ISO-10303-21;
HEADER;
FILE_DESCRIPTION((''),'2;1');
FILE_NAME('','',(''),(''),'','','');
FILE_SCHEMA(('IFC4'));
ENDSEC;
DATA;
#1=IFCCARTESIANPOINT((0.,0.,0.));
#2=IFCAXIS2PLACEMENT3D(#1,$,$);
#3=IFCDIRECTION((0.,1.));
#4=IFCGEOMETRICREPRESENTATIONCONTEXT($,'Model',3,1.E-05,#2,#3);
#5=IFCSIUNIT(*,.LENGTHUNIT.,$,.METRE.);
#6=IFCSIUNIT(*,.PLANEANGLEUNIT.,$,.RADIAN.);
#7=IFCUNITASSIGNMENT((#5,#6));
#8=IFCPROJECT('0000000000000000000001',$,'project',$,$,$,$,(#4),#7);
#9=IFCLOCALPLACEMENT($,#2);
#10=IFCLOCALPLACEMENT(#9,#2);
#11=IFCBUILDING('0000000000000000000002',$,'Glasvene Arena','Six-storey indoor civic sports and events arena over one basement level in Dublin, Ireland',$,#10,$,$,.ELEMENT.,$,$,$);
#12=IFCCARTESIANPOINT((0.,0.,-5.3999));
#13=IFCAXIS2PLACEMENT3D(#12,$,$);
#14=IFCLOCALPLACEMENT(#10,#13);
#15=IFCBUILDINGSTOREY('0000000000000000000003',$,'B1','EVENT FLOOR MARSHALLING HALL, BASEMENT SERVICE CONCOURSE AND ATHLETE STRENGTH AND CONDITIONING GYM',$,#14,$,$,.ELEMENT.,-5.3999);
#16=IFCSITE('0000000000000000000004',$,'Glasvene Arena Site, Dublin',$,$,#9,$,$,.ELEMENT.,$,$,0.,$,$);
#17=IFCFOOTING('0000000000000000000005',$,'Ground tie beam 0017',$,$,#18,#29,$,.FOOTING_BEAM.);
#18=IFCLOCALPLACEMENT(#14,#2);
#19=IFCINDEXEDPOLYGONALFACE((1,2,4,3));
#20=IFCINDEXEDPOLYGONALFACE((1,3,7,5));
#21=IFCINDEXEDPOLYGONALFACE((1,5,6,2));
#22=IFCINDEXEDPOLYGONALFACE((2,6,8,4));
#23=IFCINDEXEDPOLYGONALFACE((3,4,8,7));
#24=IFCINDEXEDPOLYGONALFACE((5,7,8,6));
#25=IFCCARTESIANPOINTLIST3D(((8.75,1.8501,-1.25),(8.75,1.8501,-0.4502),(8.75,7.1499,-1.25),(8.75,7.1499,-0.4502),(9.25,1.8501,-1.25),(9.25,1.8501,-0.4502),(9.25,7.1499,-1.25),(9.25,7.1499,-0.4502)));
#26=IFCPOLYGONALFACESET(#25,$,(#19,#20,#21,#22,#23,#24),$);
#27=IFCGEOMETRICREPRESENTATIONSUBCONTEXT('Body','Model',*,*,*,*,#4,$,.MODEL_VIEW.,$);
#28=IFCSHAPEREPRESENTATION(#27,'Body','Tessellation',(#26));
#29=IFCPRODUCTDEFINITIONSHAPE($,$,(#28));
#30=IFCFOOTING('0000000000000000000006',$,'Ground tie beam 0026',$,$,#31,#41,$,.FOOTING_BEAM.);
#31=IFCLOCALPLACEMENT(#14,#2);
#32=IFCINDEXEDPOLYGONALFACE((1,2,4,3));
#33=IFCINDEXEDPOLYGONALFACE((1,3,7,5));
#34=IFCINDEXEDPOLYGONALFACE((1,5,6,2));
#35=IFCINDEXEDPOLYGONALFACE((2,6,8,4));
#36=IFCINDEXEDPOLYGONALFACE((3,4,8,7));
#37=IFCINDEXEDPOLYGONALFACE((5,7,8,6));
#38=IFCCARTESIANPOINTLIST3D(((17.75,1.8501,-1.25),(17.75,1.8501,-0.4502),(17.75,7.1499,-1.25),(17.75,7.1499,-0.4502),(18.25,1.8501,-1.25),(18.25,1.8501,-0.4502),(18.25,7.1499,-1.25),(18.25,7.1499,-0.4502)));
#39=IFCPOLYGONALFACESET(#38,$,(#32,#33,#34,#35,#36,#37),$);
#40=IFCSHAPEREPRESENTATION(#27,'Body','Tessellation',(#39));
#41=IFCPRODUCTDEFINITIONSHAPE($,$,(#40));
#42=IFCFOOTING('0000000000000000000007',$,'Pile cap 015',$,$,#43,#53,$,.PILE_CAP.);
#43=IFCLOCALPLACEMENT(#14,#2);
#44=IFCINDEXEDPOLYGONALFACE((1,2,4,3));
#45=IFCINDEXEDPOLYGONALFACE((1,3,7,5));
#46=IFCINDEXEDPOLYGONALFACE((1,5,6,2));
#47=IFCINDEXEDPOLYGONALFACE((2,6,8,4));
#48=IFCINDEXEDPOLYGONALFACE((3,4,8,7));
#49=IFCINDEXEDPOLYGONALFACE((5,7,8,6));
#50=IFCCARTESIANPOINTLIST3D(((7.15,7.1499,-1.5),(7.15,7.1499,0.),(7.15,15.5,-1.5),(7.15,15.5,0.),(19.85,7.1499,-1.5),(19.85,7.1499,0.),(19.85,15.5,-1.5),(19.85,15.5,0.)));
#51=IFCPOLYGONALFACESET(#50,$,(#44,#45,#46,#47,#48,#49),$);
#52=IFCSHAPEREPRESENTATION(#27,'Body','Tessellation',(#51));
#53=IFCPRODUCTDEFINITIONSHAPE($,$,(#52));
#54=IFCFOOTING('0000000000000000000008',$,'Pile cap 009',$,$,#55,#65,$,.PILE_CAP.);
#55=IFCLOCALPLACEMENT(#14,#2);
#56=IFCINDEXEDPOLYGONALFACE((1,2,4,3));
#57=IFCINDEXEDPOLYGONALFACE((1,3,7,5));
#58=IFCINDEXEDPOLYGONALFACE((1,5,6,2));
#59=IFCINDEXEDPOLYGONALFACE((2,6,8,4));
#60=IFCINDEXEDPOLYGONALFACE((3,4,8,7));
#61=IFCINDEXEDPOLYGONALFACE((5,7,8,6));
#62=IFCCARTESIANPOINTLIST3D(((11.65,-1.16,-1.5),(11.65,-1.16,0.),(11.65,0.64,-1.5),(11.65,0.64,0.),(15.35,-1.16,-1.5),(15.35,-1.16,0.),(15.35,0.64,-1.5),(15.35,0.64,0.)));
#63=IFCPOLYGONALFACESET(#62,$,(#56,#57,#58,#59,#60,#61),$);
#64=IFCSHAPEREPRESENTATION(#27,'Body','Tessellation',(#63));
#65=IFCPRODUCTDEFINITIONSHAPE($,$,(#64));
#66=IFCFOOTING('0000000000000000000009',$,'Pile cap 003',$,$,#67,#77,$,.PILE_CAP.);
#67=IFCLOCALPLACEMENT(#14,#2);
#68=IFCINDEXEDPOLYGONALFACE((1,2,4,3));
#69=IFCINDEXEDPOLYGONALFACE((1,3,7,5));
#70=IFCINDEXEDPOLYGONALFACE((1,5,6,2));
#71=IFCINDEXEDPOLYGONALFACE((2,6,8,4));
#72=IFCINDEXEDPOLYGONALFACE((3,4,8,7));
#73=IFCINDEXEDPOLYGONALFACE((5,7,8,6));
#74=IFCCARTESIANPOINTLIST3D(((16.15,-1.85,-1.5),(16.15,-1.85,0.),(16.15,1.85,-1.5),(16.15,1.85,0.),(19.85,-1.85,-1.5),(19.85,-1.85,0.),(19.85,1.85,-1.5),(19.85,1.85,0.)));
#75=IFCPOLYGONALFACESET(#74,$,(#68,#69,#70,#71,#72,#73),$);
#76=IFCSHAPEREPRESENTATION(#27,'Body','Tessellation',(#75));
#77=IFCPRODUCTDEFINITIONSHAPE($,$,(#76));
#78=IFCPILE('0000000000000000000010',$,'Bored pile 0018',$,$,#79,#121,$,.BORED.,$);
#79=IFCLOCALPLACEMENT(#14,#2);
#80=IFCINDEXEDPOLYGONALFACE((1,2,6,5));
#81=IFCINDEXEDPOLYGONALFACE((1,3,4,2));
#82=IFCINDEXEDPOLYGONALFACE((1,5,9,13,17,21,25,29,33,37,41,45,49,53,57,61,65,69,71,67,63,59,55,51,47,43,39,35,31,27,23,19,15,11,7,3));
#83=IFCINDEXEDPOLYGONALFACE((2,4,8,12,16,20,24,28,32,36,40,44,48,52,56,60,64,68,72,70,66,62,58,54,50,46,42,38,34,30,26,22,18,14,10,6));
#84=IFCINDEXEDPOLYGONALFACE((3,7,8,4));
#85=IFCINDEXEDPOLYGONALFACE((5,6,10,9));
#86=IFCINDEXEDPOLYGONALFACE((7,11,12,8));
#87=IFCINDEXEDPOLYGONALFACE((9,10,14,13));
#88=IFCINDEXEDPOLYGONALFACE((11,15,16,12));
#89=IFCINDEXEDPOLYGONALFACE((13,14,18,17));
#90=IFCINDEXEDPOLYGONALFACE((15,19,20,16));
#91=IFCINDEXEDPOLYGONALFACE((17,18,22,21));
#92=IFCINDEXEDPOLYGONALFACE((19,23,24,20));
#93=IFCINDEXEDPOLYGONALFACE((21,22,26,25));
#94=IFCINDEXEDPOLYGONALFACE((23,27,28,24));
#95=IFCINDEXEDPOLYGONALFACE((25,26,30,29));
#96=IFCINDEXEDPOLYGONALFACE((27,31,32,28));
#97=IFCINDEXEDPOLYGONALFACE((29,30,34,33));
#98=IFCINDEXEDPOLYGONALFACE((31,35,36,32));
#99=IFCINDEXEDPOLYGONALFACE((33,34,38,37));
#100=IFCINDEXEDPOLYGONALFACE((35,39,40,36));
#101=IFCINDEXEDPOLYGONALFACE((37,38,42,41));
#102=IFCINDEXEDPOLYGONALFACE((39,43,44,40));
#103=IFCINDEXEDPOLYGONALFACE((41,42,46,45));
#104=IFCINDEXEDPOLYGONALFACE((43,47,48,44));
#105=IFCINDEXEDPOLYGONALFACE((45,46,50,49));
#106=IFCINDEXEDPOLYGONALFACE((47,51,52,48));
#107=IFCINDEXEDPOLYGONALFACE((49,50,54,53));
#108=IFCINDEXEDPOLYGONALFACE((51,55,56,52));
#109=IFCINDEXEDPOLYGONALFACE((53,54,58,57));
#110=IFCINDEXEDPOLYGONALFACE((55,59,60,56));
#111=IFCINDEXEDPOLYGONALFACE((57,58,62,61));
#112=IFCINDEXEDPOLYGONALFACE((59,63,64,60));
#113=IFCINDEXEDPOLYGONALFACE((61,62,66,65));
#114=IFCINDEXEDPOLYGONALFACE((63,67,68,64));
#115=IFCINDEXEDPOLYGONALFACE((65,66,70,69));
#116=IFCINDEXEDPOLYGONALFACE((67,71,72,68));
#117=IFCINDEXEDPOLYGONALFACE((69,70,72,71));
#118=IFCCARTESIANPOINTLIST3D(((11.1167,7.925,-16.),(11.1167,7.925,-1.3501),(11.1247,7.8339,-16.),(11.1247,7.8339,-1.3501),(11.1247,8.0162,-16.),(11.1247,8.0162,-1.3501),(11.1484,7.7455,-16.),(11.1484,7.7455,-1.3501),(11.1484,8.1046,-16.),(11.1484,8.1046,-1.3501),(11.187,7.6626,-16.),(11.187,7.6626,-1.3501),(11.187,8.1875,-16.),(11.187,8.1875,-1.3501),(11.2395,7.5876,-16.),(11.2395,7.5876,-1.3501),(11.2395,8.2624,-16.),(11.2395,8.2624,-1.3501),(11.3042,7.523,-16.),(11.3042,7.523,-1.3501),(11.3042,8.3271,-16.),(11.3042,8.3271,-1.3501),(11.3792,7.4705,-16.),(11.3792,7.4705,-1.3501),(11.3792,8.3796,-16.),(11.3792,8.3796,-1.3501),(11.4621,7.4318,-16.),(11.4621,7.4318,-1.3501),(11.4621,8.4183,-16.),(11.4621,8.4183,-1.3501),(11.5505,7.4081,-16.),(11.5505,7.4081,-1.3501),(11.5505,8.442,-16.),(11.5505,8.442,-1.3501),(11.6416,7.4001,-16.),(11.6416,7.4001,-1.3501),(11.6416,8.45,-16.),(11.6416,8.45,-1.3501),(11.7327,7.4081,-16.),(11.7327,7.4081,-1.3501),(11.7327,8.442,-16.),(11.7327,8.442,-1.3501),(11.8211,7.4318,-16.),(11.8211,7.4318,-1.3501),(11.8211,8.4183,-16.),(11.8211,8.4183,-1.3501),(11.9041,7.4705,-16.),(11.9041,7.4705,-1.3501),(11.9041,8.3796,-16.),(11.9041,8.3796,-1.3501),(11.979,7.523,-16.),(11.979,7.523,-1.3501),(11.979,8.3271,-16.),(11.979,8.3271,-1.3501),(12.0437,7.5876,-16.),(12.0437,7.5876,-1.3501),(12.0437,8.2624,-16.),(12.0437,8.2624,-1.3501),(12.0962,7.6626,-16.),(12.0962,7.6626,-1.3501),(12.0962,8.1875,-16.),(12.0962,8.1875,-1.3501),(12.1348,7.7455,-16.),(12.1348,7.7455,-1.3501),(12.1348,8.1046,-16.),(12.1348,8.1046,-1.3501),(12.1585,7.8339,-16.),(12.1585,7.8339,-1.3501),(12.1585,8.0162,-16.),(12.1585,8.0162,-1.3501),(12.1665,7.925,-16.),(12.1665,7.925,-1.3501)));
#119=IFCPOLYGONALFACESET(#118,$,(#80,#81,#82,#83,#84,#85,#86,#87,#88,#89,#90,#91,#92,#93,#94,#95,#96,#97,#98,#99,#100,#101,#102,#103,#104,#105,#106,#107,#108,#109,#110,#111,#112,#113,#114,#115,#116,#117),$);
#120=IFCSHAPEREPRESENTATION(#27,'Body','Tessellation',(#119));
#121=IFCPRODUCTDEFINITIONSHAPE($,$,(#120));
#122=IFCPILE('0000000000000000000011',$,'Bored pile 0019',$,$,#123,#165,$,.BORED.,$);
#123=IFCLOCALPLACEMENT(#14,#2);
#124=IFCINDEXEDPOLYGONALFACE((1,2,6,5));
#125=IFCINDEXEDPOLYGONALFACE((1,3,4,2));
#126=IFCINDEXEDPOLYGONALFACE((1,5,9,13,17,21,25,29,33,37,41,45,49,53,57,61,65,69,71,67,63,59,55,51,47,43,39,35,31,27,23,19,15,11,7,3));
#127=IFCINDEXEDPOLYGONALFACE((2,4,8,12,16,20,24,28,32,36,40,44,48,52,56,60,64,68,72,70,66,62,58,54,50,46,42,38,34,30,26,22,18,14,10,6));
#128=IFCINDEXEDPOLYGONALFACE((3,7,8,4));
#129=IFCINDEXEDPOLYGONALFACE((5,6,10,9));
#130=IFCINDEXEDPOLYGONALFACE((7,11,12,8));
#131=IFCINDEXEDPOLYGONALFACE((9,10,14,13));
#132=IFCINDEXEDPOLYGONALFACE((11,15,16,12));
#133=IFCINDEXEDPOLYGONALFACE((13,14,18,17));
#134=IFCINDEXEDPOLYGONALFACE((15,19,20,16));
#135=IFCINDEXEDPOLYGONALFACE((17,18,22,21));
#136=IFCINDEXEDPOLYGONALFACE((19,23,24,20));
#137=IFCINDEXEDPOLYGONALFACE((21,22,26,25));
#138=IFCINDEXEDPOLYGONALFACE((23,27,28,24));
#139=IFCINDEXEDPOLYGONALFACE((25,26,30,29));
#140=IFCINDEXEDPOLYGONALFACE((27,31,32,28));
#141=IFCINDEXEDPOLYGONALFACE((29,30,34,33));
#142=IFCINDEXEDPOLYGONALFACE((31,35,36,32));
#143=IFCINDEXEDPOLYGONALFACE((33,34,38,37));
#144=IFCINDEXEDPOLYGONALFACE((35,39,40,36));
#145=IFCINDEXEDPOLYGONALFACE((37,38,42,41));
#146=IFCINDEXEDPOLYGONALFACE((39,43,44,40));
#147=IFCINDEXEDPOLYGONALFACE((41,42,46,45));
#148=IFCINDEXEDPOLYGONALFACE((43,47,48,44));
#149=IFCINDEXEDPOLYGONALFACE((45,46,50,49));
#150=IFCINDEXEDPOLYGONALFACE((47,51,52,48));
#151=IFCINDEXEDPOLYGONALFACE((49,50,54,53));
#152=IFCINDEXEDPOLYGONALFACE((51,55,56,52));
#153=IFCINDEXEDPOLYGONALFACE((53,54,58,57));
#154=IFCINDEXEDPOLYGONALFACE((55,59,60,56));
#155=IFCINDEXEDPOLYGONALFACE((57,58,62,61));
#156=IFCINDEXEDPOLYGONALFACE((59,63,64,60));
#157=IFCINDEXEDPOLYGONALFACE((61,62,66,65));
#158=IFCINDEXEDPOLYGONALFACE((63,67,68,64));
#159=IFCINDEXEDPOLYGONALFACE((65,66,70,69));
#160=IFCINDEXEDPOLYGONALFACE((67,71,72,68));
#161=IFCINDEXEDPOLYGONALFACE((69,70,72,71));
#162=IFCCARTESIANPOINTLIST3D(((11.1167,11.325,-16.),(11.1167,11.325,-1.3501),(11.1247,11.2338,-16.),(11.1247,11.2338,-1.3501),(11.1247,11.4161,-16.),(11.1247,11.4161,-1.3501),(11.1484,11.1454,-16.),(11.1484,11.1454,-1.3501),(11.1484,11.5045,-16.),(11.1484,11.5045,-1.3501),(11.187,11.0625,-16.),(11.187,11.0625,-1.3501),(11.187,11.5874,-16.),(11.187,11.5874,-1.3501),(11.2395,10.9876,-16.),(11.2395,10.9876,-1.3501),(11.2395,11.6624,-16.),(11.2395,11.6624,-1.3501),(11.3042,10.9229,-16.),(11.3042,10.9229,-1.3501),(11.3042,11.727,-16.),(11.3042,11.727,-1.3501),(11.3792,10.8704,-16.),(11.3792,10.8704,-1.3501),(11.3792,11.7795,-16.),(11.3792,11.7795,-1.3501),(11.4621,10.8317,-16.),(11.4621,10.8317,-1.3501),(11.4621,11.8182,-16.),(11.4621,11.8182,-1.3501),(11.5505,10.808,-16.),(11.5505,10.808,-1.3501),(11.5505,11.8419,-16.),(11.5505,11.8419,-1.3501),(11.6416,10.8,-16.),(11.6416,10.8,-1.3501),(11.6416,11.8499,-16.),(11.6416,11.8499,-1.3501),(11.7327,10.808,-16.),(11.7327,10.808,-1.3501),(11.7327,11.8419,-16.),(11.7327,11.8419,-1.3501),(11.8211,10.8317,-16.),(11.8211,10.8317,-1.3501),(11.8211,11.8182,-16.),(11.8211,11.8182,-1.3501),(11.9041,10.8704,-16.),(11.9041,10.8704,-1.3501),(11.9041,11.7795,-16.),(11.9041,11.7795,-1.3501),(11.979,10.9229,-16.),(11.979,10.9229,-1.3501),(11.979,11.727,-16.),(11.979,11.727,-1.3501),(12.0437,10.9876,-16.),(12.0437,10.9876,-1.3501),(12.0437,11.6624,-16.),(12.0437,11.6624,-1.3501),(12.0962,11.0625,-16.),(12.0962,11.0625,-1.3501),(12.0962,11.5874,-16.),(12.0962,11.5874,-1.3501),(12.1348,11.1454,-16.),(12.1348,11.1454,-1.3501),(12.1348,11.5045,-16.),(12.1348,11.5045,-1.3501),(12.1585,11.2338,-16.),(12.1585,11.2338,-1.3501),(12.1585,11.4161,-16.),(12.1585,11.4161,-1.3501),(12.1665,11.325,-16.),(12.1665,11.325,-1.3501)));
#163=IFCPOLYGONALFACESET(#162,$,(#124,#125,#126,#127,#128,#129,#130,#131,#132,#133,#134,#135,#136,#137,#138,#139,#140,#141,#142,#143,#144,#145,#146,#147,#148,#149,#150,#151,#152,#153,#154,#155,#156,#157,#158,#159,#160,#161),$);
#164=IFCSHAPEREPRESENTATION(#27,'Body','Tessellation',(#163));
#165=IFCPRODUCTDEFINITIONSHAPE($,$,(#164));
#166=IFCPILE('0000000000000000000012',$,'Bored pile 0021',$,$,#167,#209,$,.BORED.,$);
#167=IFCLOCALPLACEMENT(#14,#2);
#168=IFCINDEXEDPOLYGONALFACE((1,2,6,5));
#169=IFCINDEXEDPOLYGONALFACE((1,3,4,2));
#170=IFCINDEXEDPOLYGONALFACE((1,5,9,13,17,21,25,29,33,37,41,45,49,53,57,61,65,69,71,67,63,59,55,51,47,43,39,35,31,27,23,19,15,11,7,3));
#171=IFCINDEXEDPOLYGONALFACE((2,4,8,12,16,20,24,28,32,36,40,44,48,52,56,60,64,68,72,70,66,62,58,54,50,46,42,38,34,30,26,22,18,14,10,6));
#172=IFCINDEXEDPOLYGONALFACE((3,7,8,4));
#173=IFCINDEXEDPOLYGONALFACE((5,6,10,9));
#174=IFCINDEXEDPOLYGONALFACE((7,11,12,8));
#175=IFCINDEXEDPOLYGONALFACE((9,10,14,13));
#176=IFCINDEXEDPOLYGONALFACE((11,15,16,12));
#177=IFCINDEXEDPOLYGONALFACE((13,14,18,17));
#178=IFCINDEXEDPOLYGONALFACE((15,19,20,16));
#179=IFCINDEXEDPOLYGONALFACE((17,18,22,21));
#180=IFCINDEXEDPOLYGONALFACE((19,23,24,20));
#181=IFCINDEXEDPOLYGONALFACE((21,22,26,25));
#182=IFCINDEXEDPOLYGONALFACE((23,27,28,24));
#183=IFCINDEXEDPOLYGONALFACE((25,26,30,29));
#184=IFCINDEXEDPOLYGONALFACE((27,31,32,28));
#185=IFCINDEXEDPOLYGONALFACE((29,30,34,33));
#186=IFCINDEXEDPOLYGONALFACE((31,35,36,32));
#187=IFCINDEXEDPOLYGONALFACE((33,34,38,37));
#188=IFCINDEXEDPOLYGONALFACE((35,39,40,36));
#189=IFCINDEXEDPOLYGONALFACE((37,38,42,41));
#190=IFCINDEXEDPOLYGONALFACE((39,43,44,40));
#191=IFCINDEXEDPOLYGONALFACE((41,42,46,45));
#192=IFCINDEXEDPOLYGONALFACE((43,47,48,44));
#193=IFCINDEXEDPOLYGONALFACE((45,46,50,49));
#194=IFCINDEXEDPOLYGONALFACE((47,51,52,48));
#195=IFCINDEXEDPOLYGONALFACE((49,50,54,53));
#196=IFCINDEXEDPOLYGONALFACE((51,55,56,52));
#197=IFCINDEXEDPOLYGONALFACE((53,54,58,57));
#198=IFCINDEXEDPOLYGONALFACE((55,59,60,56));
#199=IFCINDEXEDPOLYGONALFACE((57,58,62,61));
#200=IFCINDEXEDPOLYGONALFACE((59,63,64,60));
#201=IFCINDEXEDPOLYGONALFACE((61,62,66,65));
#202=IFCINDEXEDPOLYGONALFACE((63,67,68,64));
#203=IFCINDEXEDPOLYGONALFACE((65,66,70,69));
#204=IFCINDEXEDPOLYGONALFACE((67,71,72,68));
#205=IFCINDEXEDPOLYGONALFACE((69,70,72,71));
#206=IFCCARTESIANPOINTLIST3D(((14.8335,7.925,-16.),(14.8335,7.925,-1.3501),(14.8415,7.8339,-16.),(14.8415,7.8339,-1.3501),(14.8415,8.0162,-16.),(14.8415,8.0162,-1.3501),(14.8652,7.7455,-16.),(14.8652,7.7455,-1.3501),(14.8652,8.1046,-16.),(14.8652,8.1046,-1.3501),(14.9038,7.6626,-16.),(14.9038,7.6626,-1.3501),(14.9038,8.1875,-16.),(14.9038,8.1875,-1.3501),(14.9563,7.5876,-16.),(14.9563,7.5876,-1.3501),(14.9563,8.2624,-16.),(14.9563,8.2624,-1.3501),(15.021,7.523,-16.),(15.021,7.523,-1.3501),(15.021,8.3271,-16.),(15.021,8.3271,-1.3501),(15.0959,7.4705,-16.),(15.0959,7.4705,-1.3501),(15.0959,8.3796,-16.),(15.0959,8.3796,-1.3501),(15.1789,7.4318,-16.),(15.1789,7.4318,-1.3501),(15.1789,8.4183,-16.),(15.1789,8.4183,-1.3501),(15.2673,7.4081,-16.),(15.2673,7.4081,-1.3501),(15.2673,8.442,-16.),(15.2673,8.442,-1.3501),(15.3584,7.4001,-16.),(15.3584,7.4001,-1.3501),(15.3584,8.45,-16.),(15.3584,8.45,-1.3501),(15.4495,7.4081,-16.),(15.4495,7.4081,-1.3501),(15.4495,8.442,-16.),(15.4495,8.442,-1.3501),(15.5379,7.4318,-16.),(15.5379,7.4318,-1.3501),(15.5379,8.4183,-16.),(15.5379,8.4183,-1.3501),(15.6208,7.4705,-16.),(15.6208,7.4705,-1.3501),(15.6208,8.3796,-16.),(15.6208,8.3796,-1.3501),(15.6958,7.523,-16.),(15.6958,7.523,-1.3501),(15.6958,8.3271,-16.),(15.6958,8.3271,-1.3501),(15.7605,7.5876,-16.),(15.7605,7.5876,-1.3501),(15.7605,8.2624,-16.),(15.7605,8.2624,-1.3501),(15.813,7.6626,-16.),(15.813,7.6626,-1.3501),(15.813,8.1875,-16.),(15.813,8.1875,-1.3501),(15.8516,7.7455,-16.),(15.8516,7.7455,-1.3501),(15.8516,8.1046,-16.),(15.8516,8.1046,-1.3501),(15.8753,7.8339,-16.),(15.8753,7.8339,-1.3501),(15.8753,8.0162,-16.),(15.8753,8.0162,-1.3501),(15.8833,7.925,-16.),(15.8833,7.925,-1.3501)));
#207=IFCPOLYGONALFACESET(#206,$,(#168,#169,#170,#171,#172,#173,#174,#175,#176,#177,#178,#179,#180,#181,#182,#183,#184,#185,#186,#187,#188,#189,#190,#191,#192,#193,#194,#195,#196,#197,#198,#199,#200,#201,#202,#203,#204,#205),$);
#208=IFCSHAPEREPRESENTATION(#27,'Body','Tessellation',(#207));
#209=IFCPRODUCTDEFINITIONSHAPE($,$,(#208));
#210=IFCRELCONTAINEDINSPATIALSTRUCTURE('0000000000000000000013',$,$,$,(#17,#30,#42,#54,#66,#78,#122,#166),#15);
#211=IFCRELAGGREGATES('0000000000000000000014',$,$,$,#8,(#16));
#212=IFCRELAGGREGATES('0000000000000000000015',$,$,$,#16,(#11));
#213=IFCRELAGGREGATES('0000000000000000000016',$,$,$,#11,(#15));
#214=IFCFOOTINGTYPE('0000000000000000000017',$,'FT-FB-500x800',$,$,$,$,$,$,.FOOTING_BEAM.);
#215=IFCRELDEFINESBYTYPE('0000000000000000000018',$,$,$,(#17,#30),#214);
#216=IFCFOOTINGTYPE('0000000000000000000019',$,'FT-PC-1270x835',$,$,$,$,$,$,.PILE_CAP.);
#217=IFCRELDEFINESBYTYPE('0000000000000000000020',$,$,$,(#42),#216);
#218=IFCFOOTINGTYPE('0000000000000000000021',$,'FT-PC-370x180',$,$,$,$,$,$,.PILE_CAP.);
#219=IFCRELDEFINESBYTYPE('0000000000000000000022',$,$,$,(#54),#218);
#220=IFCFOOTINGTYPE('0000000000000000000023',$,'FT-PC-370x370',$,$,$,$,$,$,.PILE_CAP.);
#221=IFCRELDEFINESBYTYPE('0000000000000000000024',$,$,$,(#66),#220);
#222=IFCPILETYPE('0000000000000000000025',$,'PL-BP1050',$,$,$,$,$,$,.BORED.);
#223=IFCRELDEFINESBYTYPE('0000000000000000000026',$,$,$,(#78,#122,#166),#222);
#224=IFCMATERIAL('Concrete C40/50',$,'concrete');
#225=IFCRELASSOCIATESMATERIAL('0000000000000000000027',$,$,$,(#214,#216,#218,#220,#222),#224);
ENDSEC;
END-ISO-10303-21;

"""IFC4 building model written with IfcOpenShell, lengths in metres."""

from ifc_helpers import new_model, si_unit, direction, frame, origin, origin_2d, place, context, subcontext, project, spatial, polyline, rectangle, circle, outline, extrude, material, material_profile, profile_set, type_object, element, save


model = new_model("IFC4")

# Units and contexts
model_context = context("Model", 3, precision=1e-05, world=origin(), true_north=direction((0.0, 1.0)))
body_context = subcontext(model_context, "Body", "Model", "MODEL_VIEW")
ifc_project = project(units=[si_unit("LENGTHUNIT", "METRE"), si_unit("PLANEANGLEUNIT", "RADIAN")], contexts=[model_context])

# Site, building, storey
site_placement = place(None, origin())
site = spatial("IfcSite", under=ifc_project, at=site_placement, Name="Glasvene Arena Site, Dublin", CompositionType="ELEMENT", RefElevation=0.0)
building_placement = place(site_placement, origin())
building = spatial("IfcBuilding", under=site, at=building_placement, Name="Glasvene Arena", Description="Six-storey indoor civic sports and events arena over one basement level in Dublin, Ireland", CompositionType="ELEMENT")
storey_placement = place(building_placement, frame((0.0, 0.0, -5.3999)))
storey = spatial("IfcBuildingStorey", under=building, at=storey_placement, Name="B1", Description="EVENT FLOOR MARSHALLING HALL, BASEMENT SERVICE CONCOURSE AND ATHLETE STRENGTH AND CONDITIONING GYM", CompositionType="ELEMENT", Elevation=-5.3999)

# Footings
ifc_material_1 = material(Name="Concrete C40/50", Category="concrete")
footing_type_1 = type_object("IfcFootingType", Name="FT-FB-500x800", PredefinedType="FOOTING_BEAM", material=ifc_material_1)
for number, where, name in (
    (1, (9.0, 4.5, -1.25), "Ground tie beam 0017"),
    (2, (18.0, 4.5, -1.25), "Ground tie beam 0026"),
):
    element("IfcFooting", number, at=place(storey_placement, frame(where)), inside=storey, type_object=footing_type_1, Name=name, PredefinedType="FOOTING_BEAM", context=body_context, shape_type="SweptSolid", body=[
        extrude(outline(polyline([(-0.25, -2.6499), (0.25, -2.6499), (0.25, 2.6499), (-0.25, 2.6499), (-0.25, -2.6499)])), origin(), (0.0, 0.0, 1.0), 0.7998),
    ])
footing_type_2 = type_object("IfcFootingType", Name="FT-PC-1270x835", PredefinedType="PILE_CAP", material=ifc_material_1)
footing_1_placement = place(storey_placement, frame((13.5, 11.325, -1.5), z_axis=(0.0, 0.0, 1.0), x_axis=(1.0, 0.0, 0.0)))
element("IfcFooting", 3, at=footing_1_placement, inside=storey, type_object=footing_type_2, Name="Pile cap 015", PredefinedType="PILE_CAP", context=body_context, shape_type="SweptSolid", body=[
    extrude(rectangle(XDim=12.7, YDim=8.3501, at=origin_2d()), origin(), (0.0, 0.0, 1.0), 1.5),
])
footing_type_3 = type_object("IfcFootingType", Name="FT-PC-370x180", PredefinedType="PILE_CAP", material=ifc_material_1)
footing_2_placement = place(storey_placement, frame((13.5, -0.26, -1.5), z_axis=(0.0, 0.0, 1.0), x_axis=(1.0, 0.0, 0.0)))
element("IfcFooting", 4, at=footing_2_placement, inside=storey, type_object=footing_type_3, Name="Pile cap 009", PredefinedType="PILE_CAP", context=body_context, shape_type="SweptSolid", body=[
    extrude(rectangle(XDim=3.7, YDim=1.8, at=origin_2d()), origin(), (0.0, 0.0, 1.0), 1.5),
])
footing_type_4 = type_object("IfcFootingType", Name="FT-PC-370x370", PredefinedType="PILE_CAP", material=ifc_material_1)
footing_3_placement = place(storey_placement, frame((18.0, 0.0, -1.5), z_axis=(0.0, 0.0, 1.0), x_axis=(1.0, 0.0, 0.0)))
element("IfcFooting", 5, at=footing_3_placement, inside=storey, type_object=footing_type_4, Name="Pile cap 003", PredefinedType="PILE_CAP", context=body_context, shape_type="SweptSolid", body=[
    extrude(rectangle(XDim=3.7, YDim=3.7, at=origin_2d()), origin(), (0.0, 0.0, 1.0), 1.5),
])

# Piles
ifc_material_profile_1 = material_profile(ifc_material_1, circle(Radius=0.5249, at=origin_2d()), Name="BORED PILE 1050")
ifc_profile_set_1 = profile_set([ifc_material_profile_1], Name="Concrete C40/50")
pile_type_1 = type_object("IfcPileType", Name="PL-BP1050", PredefinedType="BORED", material=ifc_profile_set_1)
for number, where, z_axis, x_axis, name in (
    (6, (11.6416, 7.925, -1.3501), (0.0, 0.0, -1.0), (1.0, 0.0, 0.0), "Bored pile 0018"),
    (7, (11.6416, 11.325, -1.3501), (0.0, 0.0, -1.0), (1.0, 0.0, 0.0), "Bored pile 0019"),
    (8, (15.3584, 7.925, -1.3501), (0.0, 0.0, -1.0), (1.0, 0.0, 0.0), "Bored pile 0021"),
):
    element("IfcPile", number, at=place(storey_placement, frame(where, z_axis=z_axis, x_axis=x_axis)), inside=storey, type_object=pile_type_1, Name=name, PredefinedType="BORED", context=body_context, shape_type="SweptSolid", body=[
        extrude(circle(Radius=0.5249, at=origin_2d()), origin(), (0.0, 0.0, 1.0), 14.6499),
    ])

save(model, "model.ifc")
